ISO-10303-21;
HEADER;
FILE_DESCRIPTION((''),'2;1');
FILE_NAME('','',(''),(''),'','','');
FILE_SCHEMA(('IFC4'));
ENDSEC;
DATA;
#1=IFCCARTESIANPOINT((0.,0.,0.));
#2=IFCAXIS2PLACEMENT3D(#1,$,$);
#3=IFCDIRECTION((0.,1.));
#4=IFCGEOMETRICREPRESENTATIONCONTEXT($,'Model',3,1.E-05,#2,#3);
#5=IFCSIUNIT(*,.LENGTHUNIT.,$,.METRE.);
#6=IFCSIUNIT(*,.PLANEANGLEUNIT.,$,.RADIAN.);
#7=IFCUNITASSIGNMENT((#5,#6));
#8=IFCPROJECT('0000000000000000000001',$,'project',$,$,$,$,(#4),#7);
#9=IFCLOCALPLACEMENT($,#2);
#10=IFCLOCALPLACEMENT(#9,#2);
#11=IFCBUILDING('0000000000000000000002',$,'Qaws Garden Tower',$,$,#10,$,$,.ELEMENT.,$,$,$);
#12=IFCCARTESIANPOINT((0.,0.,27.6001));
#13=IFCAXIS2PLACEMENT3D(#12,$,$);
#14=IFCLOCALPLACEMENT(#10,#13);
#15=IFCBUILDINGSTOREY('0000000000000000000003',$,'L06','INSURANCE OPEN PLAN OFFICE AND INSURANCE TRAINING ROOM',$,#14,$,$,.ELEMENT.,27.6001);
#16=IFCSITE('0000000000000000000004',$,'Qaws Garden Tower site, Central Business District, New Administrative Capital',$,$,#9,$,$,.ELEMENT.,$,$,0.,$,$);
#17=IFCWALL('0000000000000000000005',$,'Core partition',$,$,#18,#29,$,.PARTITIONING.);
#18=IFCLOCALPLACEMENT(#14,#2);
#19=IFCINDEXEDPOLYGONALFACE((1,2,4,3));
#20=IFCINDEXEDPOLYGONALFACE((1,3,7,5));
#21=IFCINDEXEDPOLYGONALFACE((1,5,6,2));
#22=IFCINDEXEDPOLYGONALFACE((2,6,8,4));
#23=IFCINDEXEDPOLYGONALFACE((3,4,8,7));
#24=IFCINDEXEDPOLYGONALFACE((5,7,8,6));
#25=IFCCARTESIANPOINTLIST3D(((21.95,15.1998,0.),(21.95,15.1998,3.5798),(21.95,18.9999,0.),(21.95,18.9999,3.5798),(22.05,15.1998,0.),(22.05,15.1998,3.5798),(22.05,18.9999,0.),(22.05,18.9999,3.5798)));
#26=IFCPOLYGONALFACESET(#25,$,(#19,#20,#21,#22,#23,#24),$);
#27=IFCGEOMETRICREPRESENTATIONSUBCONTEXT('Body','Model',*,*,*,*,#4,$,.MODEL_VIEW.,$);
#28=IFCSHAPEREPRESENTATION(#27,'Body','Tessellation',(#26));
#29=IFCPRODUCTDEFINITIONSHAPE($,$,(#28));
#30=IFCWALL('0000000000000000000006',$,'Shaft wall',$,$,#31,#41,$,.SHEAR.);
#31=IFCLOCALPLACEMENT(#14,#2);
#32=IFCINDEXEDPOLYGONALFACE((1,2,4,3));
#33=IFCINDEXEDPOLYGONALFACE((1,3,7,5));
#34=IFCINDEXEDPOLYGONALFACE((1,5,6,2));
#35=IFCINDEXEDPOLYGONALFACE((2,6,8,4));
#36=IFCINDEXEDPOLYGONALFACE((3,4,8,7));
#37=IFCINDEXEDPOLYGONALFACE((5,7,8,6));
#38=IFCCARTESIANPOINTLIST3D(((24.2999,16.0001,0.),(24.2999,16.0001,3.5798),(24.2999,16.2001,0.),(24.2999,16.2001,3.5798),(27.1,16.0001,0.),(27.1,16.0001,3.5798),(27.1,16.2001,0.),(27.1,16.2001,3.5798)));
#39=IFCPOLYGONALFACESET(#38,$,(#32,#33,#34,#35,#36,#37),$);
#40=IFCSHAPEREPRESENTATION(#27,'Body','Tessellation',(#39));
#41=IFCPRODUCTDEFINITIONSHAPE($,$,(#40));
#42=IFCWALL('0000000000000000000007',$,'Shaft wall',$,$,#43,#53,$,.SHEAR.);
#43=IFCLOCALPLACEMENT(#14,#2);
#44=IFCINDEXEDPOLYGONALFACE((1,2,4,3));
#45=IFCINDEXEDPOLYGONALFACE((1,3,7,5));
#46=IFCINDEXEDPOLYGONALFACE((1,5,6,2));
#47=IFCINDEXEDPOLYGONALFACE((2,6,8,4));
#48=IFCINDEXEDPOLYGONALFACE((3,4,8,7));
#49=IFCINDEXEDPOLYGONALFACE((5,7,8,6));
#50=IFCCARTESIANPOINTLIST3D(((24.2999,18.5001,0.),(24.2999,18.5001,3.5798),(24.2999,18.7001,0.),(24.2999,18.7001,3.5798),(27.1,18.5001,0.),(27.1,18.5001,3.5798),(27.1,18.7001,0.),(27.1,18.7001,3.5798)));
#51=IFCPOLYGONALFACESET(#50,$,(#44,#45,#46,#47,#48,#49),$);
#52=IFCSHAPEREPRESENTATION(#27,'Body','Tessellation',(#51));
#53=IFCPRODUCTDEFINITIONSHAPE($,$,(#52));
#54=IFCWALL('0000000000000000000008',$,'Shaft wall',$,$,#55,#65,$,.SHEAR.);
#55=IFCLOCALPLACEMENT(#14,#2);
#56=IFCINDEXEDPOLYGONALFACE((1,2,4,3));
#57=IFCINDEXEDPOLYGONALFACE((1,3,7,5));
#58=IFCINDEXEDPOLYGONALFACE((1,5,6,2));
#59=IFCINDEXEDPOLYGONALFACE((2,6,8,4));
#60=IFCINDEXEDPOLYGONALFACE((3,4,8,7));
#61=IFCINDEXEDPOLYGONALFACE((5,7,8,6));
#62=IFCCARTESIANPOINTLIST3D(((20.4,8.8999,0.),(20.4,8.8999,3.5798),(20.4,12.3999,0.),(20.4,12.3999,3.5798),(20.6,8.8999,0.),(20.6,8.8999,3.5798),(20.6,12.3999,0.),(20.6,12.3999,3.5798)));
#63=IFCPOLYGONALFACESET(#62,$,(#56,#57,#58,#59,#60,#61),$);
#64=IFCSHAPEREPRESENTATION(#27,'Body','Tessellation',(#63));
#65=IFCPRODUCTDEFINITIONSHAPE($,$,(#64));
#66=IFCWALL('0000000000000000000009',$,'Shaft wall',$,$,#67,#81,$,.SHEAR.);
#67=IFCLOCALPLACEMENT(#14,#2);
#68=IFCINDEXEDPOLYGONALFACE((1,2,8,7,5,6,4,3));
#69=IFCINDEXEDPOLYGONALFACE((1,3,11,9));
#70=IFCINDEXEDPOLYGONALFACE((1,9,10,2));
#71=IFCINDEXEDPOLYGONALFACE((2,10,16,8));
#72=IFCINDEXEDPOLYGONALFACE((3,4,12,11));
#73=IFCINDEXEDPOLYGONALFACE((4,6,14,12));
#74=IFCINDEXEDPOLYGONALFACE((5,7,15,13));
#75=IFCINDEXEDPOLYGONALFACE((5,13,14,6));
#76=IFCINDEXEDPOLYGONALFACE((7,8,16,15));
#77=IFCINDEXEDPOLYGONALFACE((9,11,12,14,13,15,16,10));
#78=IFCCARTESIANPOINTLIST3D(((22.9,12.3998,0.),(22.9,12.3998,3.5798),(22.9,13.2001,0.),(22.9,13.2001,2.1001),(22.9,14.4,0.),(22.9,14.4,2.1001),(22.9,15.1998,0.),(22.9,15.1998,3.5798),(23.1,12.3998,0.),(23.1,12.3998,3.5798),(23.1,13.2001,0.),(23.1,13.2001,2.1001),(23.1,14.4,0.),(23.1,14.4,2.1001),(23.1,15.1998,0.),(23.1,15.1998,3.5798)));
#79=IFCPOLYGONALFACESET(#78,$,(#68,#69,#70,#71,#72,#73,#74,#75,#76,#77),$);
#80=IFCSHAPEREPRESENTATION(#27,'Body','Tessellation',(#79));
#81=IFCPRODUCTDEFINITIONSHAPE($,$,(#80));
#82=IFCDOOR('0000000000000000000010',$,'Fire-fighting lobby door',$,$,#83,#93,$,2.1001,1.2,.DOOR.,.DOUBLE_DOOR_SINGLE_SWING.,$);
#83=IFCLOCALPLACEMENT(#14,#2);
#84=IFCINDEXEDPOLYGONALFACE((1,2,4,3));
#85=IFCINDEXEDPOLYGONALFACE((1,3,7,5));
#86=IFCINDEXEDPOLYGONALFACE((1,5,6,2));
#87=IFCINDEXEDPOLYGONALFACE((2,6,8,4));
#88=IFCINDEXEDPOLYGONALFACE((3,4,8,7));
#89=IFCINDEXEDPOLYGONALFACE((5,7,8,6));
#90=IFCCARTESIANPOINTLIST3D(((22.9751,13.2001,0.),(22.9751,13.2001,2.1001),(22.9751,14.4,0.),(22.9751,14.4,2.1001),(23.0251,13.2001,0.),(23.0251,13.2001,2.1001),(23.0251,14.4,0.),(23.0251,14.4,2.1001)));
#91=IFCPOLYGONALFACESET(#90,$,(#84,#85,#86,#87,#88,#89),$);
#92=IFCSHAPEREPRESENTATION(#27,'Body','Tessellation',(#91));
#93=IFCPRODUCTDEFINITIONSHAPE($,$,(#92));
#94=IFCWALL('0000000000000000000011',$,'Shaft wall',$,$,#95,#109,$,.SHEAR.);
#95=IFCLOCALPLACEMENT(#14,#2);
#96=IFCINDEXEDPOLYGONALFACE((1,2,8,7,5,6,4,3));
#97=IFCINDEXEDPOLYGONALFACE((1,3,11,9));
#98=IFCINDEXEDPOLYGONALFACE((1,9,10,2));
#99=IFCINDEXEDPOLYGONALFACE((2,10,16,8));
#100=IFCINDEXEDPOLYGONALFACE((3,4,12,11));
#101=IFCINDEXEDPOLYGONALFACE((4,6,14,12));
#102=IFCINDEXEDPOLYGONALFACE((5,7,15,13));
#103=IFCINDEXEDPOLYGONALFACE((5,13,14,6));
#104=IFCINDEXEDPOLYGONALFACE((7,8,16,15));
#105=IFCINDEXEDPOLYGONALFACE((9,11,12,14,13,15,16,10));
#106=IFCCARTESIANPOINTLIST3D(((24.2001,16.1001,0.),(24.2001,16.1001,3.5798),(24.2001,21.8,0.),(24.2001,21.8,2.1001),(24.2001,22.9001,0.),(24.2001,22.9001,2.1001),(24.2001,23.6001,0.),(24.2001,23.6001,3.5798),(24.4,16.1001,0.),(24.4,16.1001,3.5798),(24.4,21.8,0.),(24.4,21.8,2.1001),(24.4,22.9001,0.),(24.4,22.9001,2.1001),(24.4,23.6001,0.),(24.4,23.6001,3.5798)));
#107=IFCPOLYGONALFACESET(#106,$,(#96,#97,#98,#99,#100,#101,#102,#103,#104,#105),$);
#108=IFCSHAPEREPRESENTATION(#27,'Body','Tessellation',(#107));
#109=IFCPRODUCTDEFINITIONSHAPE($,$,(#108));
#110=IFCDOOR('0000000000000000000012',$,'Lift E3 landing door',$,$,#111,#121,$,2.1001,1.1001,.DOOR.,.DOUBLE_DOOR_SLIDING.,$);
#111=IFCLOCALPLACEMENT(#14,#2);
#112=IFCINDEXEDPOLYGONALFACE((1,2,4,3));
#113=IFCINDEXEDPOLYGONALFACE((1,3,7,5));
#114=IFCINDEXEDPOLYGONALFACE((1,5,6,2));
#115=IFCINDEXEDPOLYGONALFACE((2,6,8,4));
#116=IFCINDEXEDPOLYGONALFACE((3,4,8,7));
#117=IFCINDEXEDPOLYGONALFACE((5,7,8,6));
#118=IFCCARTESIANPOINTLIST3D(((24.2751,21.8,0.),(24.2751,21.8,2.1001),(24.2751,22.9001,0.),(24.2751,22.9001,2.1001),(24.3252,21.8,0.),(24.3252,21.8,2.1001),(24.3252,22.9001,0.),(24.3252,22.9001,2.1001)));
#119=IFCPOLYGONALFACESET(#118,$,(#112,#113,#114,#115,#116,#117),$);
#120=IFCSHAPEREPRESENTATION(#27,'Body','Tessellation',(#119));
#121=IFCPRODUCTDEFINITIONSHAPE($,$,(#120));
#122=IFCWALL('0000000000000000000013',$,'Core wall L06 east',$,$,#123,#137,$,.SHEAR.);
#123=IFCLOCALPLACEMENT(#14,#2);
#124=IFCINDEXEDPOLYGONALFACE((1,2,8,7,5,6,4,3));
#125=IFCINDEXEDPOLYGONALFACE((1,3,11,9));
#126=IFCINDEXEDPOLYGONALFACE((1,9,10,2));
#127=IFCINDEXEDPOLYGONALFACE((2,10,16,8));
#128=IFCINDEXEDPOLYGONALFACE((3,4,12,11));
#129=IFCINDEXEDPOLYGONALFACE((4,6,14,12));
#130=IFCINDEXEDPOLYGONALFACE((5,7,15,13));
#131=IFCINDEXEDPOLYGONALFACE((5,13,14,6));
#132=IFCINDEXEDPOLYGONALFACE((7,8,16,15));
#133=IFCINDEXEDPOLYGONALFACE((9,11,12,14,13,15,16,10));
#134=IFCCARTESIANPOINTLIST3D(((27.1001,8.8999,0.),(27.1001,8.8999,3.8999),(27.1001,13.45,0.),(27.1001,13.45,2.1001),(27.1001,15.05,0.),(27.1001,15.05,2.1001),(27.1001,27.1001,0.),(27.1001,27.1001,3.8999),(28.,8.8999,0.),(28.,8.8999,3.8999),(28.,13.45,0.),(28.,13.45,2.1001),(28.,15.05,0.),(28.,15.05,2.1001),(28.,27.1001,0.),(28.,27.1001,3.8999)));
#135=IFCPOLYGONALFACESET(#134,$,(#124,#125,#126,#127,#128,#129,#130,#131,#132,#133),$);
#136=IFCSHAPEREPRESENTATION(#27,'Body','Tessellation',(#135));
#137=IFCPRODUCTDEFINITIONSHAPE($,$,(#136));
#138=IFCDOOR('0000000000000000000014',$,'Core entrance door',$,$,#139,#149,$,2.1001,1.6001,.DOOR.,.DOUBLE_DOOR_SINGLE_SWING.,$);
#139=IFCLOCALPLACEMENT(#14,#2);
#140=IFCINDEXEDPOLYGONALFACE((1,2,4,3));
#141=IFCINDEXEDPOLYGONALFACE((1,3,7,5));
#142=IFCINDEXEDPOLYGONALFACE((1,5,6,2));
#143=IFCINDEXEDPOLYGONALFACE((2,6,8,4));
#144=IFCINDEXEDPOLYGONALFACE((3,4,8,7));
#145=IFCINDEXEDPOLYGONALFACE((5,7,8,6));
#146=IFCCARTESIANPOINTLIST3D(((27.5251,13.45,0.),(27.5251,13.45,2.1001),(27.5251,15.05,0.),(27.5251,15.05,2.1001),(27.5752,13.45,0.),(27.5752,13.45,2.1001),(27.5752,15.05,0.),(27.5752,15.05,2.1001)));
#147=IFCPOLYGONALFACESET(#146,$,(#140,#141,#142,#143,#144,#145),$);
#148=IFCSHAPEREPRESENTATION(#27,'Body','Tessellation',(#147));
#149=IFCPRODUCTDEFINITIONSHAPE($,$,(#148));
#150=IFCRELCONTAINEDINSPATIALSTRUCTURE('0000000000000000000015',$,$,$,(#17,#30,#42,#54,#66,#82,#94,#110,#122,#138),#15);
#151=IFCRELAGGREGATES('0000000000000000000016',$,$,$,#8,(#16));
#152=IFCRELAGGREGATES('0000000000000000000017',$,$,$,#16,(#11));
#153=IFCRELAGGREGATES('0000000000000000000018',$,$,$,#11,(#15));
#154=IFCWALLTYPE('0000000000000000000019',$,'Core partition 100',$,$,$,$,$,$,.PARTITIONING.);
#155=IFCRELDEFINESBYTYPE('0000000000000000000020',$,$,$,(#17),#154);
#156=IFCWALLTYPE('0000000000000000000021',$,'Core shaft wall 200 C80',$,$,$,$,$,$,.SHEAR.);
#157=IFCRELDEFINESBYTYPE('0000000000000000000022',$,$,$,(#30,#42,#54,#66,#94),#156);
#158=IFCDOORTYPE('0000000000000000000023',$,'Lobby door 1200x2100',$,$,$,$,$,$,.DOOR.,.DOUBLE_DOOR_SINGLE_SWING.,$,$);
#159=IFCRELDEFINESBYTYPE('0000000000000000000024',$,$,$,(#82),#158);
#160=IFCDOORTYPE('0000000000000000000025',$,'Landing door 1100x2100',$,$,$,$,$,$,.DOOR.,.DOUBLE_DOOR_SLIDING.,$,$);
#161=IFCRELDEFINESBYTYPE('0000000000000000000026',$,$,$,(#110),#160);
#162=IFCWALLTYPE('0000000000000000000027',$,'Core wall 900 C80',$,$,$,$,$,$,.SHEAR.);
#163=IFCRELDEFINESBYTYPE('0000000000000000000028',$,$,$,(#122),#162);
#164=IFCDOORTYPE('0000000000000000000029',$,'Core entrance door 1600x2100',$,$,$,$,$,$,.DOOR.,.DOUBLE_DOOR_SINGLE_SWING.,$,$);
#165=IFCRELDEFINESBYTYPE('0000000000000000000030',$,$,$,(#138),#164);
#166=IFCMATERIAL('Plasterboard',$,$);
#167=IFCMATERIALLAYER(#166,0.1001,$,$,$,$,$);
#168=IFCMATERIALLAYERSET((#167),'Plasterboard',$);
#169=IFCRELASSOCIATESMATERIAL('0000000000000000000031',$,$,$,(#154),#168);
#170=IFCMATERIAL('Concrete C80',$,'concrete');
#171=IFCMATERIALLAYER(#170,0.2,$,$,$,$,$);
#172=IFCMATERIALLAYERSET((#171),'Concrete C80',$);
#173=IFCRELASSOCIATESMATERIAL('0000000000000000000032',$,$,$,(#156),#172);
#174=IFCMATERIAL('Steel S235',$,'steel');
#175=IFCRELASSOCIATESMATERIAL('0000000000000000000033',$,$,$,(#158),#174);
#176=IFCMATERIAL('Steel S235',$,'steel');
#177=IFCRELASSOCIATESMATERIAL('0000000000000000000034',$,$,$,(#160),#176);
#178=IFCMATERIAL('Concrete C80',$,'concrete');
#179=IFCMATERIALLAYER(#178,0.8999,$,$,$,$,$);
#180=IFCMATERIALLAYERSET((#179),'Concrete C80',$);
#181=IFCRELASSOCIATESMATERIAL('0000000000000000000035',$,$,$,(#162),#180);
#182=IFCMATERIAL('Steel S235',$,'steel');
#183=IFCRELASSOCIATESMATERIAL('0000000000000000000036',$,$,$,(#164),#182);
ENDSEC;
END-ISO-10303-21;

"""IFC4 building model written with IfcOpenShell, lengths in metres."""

from ifc_helpers import new_model, si_unit, direction, frame, frame_2d, origin, place, context, subcontext, project, spatial, rectangle, extrude, material, layer, layer_set, type_object, element, fill, save


model = new_model("IFC4")

# Units and contexts
model_context = context("Model", 3, precision=1e-05, world=origin(), true_north=direction((0.0, 1.0)))
body_context = subcontext(model_context, "Body", "Model", "MODEL_VIEW")
ifc_project = project(units=[si_unit("LENGTHUNIT", "METRE"), si_unit("PLANEANGLEUNIT", "RADIAN")], contexts=[model_context])

# Site, building, storey
site_placement = place(None, origin())
site = spatial("IfcSite", under=ifc_project, at=site_placement, Name="Qaws Garden Tower site, Central Business District, New Administrative Capital", CompositionType="ELEMENT", RefElevation=0.0)
building_placement = place(site_placement, origin())
building = spatial("IfcBuilding", under=site, at=building_placement, Name="Qaws Garden Tower", CompositionType="ELEMENT")
storey_placement = place(building_placement, frame((0.0, 0.0, 27.6001)))
storey = spatial("IfcBuildingStorey", under=building, at=storey_placement, Name="L06", Description="INSURANCE OPEN PLAN OFFICE AND INSURANCE TRAINING ROOM", CompositionType="ELEMENT", Elevation=27.6001)

# Shared definitions
ifc_material_1 = material(Name="Plasterboard")
ifc_layer_1 = layer(ifc_material_1, 0.1001)
ifc_layer_set_1 = layer_set([ifc_layer_1], Name="Plasterboard")
wall_type_1 = type_object("IfcWallType", Name="Core partition 100", PredefinedType="PARTITIONING", material=ifc_layer_set_1)

# Walls
wall_1_placement = place(storey_placement, frame((22.0, 15.2, 0.0), z_axis=(0.0, 0.0, 1.0), x_axis=(0.0, 1.0, 0.0)))
element("IfcWall", 1, at=wall_1_placement, inside=storey, type_object=wall_type_1, Name="Core partition", PredefinedType="PARTITIONING", context=body_context, shape_type="SweptSolid", body=[
    extrude(rectangle(XDim=3.8, YDim=0.1001, at=frame_2d((1.8999, 0.0))), origin(), (0.0, 0.0, 1.0), 3.5798),
])
ifc_material_2 = material(Name="Concrete C80", Category="concrete")
ifc_layer_2 = layer(ifc_material_2, 0.2)
ifc_layer_set_2 = layer_set([ifc_layer_2], Name="Concrete C80")
wall_type_2 = type_object("IfcWallType", Name="Core shaft wall 200 C80", PredefinedType="SHEAR", material=ifc_layer_set_2)
for number, where, z_axis, x_axis, name in (
    (2, (24.3, 16.1001, 0.0), (0.0, 0.0, 1.0), (1.0, 0.0, 0.0), "Shaft wall"),
    (3, (24.3, 18.6001, 0.0), (0.0, 0.0, 1.0), (1.0, 0.0, 0.0), "Shaft wall"),
):
    element("IfcWall", number, at=place(storey_placement, frame(where, z_axis=z_axis, x_axis=x_axis)), inside=storey, type_object=wall_type_2, Name=name, PredefinedType="SHEAR", context=body_context, shape_type="SweptSolid", body=[
        extrude(rectangle(XDim=2.8, YDim=0.2, at=frame_2d((1.3999, 0.0))), origin(), (0.0, 0.0, 1.0), 3.5798),
    ])
wall_2_placement = place(storey_placement, frame((20.5, 8.8999, 0.0), z_axis=(0.0, 0.0, 1.0), x_axis=(0.0, 1.0, 0.0)))
element("IfcWall", 4, at=wall_2_placement, inside=storey, type_object=wall_type_2, Name="Shaft wall", PredefinedType="SHEAR", context=body_context, shape_type="SweptSolid", body=[
    extrude(rectangle(XDim=3.5, YDim=0.2, at=frame_2d((1.75, 0.0))), origin(), (0.0, 0.0, 1.0), 3.5798),
])

# Walls, openings, doors
wall_3_placement = place(storey_placement, frame((23.0, 12.3999, 0.0), z_axis=(0.0, 0.0, 1.0), x_axis=(0.0, 1.0, 0.0)))
wall_3 = element("IfcWall", 5, at=wall_3_placement, inside=storey, type_object=wall_type_2, Name="Shaft wall", PredefinedType="SHEAR", context=body_context, shape_type="SweptSolid", body=[
    extrude(rectangle(XDim=2.8, YDim=0.2, at=frame_2d((1.3999, 0.0))), origin(), (0.0, 0.0, 1.0), 3.5798),
])
opening_1_placement = place(wall_3_placement, frame((0.8, 0.0, 0.0)))
opening_1 = element("IfcOpeningElement", 6, at=opening_1_placement, cuts=wall_3, PredefinedType="OPENING", context=body_context, shape_type="SweptSolid", body=[
    extrude(rectangle(XDim=1.2, YDim=2.1001, at=frame_2d((0.6001, 1.05))), frame((0.0, 0.1099, 0.0), z_axis=(0.0, -1.0, 0.0), x_axis=(1.0, 0.0, 0.0)), (0.0, 0.0, 1.0), 0.22),
])
ifc_material_3 = material(Name="Steel S235", Category="steel")
door_type_1 = type_object("IfcDoorType", Name="Lobby door 1200x2100", OperationType="DOUBLE_DOOR_SINGLE_SWING", PredefinedType="DOOR", material=ifc_material_3)
door_1_placement = place(opening_1_placement, origin())
door_1 = element("IfcDoor", 7, at=door_1_placement, inside=storey, type_object=door_type_1, Name="Fire-fighting lobby door", OperationType="DOUBLE_DOOR_SINGLE_SWING", OverallHeight=2.1001, OverallWidth=1.2, PredefinedType="DOOR", context=body_context, shape_type="SweptSolid", body=[
    extrude(rectangle(XDim=1.2, YDim=2.1001, at=frame_2d((0.6001, 1.05))), frame((0.0, 0.0249, 0.0), z_axis=(0.0, -1.0, 0.0), x_axis=(1.0, 0.0, 0.0)), (0.0, 0.0, 1.0), 0.05),
])
fill(opening_1, door_1)
wall_4_placement = place(storey_placement, frame((24.3, 16.1001, 0.0), z_axis=(0.0, 0.0, 1.0), x_axis=(0.0, 1.0, 0.0)))
wall_4 = element("IfcWall", 8, at=wall_4_placement, inside=storey, type_object=wall_type_2, Name="Shaft wall", PredefinedType="SHEAR", context=body_context, shape_type="SweptSolid", body=[
    extrude(rectangle(XDim=7.5, YDim=0.2, at=frame_2d((3.75, 0.0))), origin(), (0.0, 0.0, 1.0), 3.5798),
])
opening_2_placement = place(wall_4_placement, frame((5.7, 0.0, 0.0)))
opening_2 = element("IfcOpeningElement", 9, at=opening_2_placement, cuts=wall_4, PredefinedType="OPENING", context=body_context, shape_type="SweptSolid", body=[
    extrude(rectangle(XDim=1.1001, YDim=2.1001, at=frame_2d((0.55, 1.05))), frame((0.0, 0.1099, 0.0), z_axis=(0.0, -1.0, 0.0), x_axis=(1.0, 0.0, 0.0)), (0.0, 0.0, 1.0), 0.22),
])
ifc_material_4 = material(Name="Steel S235", Category="steel")
door_type_2 = type_object("IfcDoorType", Name="Landing door 1100x2100", OperationType="DOUBLE_DOOR_SLIDING", PredefinedType="DOOR", material=ifc_material_4)
door_2_placement = place(opening_2_placement, origin())
door_2 = element("IfcDoor", 10, at=door_2_placement, inside=storey, type_object=door_type_2, Name="Lift E3 landing door", OperationType="DOUBLE_DOOR_SLIDING", OverallHeight=2.1001, OverallWidth=1.1001, PredefinedType="DOOR", context=body_context, shape_type="SweptSolid", body=[
    extrude(rectangle(XDim=1.1001, YDim=2.1001, at=frame_2d((0.55, 1.05))), frame((0.0, 0.0249, 0.0), z_axis=(0.0, -1.0, 0.0), x_axis=(1.0, 0.0, 0.0)), (0.0, 0.0, 1.0), 0.05),
])
fill(opening_2, door_2)
ifc_material_5 = material(Name="Concrete C80", Category="concrete")
ifc_layer_3 = layer(ifc_material_5, 0.8999)
ifc_layer_set_3 = layer_set([ifc_layer_3], Name="Concrete C80")
wall_type_3 = type_object("IfcWallType", Name="Core wall 900 C80", PredefinedType="SHEAR", material=ifc_layer_set_3)
wall_5_placement = place(storey_placement, frame((27.55, 8.8999, 0.0), z_axis=(0.0, 0.0, 1.0), x_axis=(0.0, 1.0, 0.0)))
wall_5 = element("IfcWall", 11, at=wall_5_placement, inside=storey, type_object=wall_type_3, Name="Core wall L06 east", PredefinedType="SHEAR", context=body_context, shape_type="SweptSolid", body=[
    extrude(rectangle(XDim=18.2002, YDim=0.8999, at=frame_2d((9.1001, 0.0))), origin(), (0.0, 0.0, 1.0), 3.8999),
])
opening_3_placement = place(wall_5_placement, frame((4.55, 0.0, 0.0)))
opening_3 = element("IfcOpeningElement", 12, at=opening_3_placement, cuts=wall_5, PredefinedType="OPENING", context=body_context, shape_type="SweptSolid", body=[
    extrude(rectangle(XDim=1.6001, YDim=2.1001, at=frame_2d((0.8, 1.05))), frame((0.0, 0.46, 0.0), z_axis=(0.0, -1.0, 0.0), x_axis=(1.0, 0.0, 0.0)), (0.0, 0.0, 1.0), 0.9199),
])
ifc_material_6 = material(Name="Steel S235", Category="steel")
door_type_3 = type_object("IfcDoorType", Name="Core entrance door 1600x2100", OperationType="DOUBLE_DOOR_SINGLE_SWING", PredefinedType="DOOR", material=ifc_material_6)
door_3_placement = place(opening_3_placement, origin())
door_3 = element("IfcDoor", 13, at=door_3_placement, inside=storey, type_object=door_type_3, Name="Core entrance door", OperationType="DOUBLE_DOOR_SINGLE_SWING", OverallHeight=2.1001, OverallWidth=1.6001, PredefinedType="DOOR", context=body_context, shape_type="SweptSolid", body=[
    extrude(rectangle(XDim=1.6001, YDim=2.1001, at=frame_2d((0.8, 1.05))), frame((0.0, 0.0249, 0.0), z_axis=(0.0, -1.0, 0.0), x_axis=(1.0, 0.0, 0.0)), (0.0, 0.0, 1.0), 0.05),
])
fill(opening_3, door_3)

save(model, "model.ifc")
